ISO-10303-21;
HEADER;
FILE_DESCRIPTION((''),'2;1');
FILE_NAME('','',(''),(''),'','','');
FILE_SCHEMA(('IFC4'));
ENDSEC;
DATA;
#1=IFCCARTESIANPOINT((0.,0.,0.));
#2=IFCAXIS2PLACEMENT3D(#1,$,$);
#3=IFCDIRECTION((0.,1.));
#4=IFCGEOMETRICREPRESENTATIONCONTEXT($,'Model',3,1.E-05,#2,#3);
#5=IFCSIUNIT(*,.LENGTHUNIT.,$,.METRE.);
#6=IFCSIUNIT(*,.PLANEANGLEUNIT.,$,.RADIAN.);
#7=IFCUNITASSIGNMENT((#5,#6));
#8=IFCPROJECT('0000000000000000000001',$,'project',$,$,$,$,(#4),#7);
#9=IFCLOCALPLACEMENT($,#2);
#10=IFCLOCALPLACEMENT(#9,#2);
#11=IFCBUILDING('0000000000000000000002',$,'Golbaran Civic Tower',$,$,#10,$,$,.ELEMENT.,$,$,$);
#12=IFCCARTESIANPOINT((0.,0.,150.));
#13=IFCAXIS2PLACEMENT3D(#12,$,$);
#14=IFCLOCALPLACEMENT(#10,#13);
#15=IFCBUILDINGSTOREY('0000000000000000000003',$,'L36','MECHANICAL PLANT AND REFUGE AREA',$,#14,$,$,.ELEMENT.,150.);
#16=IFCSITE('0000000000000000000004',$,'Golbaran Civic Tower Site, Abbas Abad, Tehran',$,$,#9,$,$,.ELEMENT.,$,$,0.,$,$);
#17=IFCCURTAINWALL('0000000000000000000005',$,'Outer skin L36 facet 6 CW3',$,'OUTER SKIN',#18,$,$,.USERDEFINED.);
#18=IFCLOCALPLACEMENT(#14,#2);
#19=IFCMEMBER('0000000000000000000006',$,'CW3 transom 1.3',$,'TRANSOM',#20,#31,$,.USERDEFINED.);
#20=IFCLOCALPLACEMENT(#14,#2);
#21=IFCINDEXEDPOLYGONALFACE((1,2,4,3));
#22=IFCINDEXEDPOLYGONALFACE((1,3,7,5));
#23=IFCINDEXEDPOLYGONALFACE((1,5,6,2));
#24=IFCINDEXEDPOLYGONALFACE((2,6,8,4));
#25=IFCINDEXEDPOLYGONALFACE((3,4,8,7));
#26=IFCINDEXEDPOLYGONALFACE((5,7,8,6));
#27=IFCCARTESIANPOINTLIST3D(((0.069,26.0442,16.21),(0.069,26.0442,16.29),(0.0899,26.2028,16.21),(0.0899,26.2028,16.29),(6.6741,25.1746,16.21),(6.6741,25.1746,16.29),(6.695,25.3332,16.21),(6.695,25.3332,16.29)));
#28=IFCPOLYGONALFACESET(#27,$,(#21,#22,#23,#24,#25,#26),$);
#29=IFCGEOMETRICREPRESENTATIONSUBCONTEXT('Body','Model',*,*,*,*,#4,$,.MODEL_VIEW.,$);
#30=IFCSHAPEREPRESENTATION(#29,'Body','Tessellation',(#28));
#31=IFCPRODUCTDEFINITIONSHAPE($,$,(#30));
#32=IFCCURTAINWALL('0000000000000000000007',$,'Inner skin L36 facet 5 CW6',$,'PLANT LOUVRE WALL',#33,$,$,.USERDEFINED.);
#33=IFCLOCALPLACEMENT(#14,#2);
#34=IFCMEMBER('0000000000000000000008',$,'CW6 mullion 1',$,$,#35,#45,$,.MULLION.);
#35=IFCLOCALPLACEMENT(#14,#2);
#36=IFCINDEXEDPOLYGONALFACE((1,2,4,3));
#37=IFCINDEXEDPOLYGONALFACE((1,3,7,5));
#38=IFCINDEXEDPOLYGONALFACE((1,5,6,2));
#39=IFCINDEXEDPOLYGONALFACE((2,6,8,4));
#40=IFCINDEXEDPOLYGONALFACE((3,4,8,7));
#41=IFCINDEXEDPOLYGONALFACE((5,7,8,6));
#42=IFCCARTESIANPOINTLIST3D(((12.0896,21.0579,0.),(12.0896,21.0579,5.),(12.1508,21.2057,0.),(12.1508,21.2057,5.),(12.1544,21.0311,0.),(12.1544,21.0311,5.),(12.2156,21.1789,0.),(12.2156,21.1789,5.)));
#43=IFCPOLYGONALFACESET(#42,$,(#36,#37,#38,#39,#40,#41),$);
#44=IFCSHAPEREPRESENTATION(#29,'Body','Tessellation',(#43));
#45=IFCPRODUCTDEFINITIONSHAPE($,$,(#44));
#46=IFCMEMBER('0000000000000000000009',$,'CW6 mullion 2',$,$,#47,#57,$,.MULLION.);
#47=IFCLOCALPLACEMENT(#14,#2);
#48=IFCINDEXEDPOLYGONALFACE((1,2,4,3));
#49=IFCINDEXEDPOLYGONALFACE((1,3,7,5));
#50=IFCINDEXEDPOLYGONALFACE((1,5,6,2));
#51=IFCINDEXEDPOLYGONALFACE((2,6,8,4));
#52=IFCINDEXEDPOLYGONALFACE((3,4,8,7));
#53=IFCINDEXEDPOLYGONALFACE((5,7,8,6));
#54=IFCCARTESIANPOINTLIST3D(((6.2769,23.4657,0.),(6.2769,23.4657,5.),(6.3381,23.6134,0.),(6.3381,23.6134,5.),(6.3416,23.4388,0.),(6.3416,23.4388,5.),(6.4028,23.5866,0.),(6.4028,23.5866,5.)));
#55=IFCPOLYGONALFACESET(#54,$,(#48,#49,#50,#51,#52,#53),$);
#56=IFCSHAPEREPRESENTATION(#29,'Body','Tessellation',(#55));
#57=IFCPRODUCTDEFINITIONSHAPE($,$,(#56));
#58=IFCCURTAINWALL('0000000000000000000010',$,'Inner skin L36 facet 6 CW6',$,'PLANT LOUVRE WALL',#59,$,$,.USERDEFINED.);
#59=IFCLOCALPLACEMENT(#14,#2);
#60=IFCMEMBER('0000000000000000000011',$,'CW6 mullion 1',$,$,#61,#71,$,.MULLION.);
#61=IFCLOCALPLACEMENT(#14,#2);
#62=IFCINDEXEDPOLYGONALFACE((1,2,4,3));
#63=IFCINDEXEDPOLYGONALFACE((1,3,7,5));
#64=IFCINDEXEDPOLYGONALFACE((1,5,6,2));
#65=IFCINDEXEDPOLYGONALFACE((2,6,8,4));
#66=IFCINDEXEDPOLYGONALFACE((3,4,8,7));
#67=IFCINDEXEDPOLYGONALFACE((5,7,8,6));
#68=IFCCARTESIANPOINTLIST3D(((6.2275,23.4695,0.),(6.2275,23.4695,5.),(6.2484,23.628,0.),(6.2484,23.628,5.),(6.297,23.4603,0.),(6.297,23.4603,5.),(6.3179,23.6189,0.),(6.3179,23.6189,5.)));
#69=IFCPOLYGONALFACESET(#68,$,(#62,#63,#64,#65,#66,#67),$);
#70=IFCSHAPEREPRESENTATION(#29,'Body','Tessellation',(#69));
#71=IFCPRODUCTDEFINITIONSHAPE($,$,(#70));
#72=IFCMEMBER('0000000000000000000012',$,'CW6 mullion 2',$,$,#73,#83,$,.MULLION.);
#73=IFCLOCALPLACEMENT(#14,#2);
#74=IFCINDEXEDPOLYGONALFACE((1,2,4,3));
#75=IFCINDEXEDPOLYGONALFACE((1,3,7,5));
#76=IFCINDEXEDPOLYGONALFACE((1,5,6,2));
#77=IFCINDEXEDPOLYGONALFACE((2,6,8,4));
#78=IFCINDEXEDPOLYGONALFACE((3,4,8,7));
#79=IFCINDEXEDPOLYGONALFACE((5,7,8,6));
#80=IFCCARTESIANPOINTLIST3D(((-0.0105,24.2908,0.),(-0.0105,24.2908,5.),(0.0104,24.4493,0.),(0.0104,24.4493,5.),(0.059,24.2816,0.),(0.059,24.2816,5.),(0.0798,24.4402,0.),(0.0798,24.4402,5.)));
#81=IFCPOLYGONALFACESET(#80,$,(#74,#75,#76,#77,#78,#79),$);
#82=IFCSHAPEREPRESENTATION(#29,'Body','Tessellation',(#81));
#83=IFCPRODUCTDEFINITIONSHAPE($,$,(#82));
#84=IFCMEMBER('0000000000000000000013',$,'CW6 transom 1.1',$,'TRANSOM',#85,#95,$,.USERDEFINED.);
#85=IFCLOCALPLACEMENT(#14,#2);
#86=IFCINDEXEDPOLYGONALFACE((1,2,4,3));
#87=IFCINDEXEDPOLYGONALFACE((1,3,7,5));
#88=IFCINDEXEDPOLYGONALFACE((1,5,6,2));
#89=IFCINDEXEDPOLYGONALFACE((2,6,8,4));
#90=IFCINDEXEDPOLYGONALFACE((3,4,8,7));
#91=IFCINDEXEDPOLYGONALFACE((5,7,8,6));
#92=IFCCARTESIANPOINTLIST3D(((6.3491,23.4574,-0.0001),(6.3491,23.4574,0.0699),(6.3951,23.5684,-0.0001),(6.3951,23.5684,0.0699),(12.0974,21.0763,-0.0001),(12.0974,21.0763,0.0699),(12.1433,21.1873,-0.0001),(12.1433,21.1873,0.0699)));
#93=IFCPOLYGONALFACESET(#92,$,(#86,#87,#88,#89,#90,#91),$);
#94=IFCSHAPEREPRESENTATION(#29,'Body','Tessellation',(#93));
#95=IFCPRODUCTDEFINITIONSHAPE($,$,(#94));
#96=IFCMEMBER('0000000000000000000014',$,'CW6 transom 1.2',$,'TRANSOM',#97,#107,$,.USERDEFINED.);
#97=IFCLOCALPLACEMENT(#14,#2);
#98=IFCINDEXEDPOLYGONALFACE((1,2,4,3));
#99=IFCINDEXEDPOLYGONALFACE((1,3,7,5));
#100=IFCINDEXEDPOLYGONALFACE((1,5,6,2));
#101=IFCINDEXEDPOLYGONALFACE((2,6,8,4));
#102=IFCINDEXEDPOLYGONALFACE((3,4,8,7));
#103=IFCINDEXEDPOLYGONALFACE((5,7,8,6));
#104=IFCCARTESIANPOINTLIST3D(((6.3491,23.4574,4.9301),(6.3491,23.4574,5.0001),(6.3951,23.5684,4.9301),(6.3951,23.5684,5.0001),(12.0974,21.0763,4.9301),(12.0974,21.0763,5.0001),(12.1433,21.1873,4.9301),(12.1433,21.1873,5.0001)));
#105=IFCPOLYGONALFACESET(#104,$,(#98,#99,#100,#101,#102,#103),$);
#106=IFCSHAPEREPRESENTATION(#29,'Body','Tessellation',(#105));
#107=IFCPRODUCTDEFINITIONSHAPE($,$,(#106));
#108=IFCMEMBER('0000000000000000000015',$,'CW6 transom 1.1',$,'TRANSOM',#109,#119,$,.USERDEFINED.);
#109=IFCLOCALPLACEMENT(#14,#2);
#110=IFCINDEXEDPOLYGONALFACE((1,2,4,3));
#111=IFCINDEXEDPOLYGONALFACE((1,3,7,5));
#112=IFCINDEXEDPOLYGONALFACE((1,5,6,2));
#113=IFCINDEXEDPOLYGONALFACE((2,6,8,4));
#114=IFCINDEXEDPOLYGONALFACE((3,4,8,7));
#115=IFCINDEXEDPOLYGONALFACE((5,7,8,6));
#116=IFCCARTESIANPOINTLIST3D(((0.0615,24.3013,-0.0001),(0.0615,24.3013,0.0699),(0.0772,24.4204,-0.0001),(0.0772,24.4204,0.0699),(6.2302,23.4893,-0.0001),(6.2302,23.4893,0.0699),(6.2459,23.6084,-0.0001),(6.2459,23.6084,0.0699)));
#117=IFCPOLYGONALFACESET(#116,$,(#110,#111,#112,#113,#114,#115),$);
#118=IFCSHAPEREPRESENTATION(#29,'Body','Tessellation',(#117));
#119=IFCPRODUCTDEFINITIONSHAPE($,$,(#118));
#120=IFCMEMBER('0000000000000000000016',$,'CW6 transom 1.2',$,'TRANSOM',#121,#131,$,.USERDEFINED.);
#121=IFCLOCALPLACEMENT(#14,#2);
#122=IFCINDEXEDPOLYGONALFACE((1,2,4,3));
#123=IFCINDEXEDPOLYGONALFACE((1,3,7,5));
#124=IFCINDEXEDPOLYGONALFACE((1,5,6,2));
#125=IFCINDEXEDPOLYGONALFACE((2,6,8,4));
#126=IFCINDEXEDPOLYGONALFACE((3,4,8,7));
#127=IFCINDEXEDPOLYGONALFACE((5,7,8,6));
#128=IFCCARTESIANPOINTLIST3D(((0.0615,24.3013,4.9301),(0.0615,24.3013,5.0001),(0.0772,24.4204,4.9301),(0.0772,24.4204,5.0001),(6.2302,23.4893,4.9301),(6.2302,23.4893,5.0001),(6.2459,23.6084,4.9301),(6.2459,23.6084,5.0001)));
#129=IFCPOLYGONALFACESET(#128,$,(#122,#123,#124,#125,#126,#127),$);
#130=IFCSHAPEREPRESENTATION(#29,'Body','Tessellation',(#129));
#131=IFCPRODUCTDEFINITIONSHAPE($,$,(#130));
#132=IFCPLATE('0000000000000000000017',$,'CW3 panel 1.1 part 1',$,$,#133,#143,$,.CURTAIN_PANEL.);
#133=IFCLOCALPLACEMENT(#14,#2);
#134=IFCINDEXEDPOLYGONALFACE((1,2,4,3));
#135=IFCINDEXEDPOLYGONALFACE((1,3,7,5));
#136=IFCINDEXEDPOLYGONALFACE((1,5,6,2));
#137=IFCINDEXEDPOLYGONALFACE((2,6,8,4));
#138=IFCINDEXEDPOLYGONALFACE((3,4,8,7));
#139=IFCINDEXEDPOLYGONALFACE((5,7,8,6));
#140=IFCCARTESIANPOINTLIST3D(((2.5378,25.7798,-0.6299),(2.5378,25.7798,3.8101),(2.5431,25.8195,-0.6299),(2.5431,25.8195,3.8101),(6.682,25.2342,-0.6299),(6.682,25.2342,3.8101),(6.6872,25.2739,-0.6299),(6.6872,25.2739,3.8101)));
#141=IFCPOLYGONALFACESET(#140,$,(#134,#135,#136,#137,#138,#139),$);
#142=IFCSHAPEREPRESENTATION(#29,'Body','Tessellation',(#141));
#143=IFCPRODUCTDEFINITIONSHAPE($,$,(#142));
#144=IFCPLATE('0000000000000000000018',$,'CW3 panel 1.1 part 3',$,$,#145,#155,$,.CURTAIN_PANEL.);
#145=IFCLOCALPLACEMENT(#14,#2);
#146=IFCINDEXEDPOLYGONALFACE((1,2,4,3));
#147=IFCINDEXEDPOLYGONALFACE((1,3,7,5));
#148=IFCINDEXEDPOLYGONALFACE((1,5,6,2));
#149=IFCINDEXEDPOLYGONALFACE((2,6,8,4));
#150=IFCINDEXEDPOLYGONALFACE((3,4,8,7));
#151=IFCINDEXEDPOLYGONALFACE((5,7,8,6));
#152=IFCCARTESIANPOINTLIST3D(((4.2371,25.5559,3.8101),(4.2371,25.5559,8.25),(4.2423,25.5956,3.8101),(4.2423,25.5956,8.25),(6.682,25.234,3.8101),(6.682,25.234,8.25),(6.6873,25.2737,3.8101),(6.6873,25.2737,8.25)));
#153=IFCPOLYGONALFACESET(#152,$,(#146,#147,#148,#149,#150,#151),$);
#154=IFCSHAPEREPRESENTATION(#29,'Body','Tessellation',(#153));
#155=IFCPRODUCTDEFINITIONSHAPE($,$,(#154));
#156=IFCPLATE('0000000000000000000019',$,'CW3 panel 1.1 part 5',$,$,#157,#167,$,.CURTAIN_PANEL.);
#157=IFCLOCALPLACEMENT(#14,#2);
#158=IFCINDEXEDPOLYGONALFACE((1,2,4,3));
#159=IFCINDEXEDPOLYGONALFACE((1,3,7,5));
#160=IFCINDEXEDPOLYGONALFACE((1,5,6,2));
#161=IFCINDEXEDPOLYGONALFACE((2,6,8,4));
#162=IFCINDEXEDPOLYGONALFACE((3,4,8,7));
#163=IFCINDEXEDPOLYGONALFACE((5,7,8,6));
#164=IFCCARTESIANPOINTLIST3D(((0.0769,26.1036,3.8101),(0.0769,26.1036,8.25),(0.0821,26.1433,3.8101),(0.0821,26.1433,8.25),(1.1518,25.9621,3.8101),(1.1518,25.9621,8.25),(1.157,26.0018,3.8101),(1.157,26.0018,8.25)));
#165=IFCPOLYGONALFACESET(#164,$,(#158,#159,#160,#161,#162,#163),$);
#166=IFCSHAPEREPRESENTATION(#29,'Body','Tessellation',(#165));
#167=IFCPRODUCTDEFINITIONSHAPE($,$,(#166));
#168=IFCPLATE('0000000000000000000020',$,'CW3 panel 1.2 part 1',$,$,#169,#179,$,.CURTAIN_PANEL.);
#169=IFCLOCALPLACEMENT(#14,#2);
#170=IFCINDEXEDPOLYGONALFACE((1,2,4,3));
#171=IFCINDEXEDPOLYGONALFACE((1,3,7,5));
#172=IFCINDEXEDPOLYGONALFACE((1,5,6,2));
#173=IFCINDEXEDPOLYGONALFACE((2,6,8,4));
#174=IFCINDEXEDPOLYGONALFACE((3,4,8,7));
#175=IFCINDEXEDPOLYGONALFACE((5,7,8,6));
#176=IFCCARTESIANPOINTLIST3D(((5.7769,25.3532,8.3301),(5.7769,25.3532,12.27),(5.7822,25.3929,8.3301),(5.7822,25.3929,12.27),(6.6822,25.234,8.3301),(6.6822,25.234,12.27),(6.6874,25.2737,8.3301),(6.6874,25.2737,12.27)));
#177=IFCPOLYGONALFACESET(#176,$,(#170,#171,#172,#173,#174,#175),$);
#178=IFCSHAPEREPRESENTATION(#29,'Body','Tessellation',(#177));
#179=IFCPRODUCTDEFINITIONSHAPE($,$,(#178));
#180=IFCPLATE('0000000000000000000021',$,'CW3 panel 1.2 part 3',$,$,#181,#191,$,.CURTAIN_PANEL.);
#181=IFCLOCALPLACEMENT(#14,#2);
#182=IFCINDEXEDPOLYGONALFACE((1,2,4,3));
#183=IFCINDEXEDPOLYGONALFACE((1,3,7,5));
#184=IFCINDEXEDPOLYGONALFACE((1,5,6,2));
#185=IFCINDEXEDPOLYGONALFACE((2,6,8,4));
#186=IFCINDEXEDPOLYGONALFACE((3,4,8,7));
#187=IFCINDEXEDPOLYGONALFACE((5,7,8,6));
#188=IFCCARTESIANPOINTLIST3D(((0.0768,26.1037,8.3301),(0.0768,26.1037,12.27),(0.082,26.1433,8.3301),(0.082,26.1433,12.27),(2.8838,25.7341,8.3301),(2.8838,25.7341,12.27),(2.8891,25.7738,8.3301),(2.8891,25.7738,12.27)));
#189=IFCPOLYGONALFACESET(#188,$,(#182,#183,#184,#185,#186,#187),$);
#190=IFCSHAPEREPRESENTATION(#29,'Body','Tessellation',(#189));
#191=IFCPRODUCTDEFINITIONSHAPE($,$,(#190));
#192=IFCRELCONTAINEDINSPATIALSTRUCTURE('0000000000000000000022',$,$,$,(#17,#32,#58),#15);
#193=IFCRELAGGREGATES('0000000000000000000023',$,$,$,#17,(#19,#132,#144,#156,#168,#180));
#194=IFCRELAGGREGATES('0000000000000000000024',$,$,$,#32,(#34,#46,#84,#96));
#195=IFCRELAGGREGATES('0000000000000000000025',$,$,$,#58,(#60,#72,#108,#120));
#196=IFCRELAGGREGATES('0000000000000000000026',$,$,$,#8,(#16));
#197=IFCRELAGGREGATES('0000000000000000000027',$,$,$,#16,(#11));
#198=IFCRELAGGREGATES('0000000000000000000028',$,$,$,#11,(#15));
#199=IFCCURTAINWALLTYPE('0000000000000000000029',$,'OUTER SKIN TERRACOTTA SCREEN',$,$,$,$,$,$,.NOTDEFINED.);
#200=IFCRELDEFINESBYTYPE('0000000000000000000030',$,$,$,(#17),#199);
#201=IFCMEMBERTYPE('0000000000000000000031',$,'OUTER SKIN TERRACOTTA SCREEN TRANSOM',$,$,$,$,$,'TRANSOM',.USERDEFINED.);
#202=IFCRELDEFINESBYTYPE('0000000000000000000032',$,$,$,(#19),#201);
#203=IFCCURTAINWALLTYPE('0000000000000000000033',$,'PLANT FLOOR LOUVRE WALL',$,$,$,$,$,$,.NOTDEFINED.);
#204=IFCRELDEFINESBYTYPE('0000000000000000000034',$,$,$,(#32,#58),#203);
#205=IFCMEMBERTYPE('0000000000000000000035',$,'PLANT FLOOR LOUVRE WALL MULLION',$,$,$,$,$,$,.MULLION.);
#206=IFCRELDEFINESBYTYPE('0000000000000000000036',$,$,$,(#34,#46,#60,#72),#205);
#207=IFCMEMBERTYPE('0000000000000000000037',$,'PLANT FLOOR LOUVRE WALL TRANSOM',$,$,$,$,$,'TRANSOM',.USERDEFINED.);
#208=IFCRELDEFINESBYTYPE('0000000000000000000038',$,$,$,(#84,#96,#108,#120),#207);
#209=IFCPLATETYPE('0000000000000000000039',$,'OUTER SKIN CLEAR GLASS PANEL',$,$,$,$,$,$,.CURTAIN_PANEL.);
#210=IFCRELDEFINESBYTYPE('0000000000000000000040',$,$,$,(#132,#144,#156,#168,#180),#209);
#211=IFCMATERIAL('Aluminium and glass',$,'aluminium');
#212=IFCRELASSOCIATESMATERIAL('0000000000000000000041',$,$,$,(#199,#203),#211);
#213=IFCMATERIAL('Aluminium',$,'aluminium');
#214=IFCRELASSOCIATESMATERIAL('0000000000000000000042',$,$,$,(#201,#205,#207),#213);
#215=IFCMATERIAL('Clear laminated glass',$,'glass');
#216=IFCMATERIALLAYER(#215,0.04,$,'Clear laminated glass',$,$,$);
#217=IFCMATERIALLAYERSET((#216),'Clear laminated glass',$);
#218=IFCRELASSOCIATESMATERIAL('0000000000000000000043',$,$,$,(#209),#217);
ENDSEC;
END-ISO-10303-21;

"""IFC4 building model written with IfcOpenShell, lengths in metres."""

from ifc_helpers import new_model, si_unit, direction, frame, origin, origin_2d, place, context, subcontext, project, spatial, rectangle, extrude, material, layer, layer_set, material_profile, profile_set, type_object, element, aggregate, save


model = new_model("IFC4")

# Units and contexts
model_context = context("Model", 3, precision=1e-05, world=origin(), true_north=direction((0.0, 1.0)))
body_context = subcontext(model_context, "Body", "Model", "MODEL_VIEW")
ifc_project = project(units=[si_unit("LENGTHUNIT", "METRE"), si_unit("PLANEANGLEUNIT", "RADIAN")], contexts=[model_context])

# Site, building, storey
site_placement = place(None, origin())
site = spatial("IfcSite", under=ifc_project, at=site_placement, Name="Golbaran Civic Tower Site, Abbas Abad, Tehran", CompositionType="ELEMENT", RefElevation=0.0)
building_placement = place(site_placement, origin())
building = spatial("IfcBuilding", under=site, at=building_placement, Name="Golbaran Civic Tower", CompositionType="ELEMENT")
storey_placement = place(building_placement, frame((0.0, 0.0, 150.0)))
storey = spatial("IfcBuildingStorey", under=building, at=storey_placement, Name="L36", Description="MECHANICAL PLANT AND REFUGE AREA", CompositionType="ELEMENT", Elevation=150.0)

# Curtain wall
ifc_material_1 = material(Name="Aluminium and glass", Category="aluminium")
curtain_wall_type_1 = type_object("IfcCurtainWallType", Name="OUTER SKIN TERRACOTTA SCREEN", PredefinedType="NOTDEFINED", material=ifc_material_1)
ifc_material_2 = material(Name="Aluminium", Category="aluminium")
curtain_wall_1_placement = place(storey_placement, origin())
curtain_wall_1 = element("IfcCurtainWall", 1, at=curtain_wall_1_placement, inside=storey, type_object=curtain_wall_type_1, Name="Outer skin L36 facet 6 CW3", ObjectType="OUTER SKIN", PredefinedType="USERDEFINED")

# Member
ifc_material_profile_1 = material_profile(ifc_material_2, rectangle(XDim=0.1599, YDim=0.0801, at=origin_2d()), Name="OUTER SKIN TERRACOTTA SCREEN TRANSOM")
ifc_profile_set_1 = profile_set([ifc_material_profile_1], Name="Aluminium")
member_type_1 = type_object("IfcMemberType", Name="OUTER SKIN TERRACOTTA SCREEN TRANSOM", ElementType="TRANSOM", PredefinedType="USERDEFINED", material=ifc_profile_set_1)
member_1_placement = place(storey_placement, frame((6.6846, 25.2539, 16.25), z_axis=(-0.991444, 0.130531, 0.0), x_axis=(-0.130531, -0.991444, 0.0)))
member_1 = element("IfcMember", 2, at=member_1_placement, type_object=member_type_1, Name="CW3 transom 1.3", ObjectType="TRANSOM", PredefinedType="USERDEFINED", context=body_context, shape_type="SweptSolid", body=[
    extrude(rectangle(XDim=0.1599, YDim=0.0801, at=origin_2d()), origin(), (0.0, 0.0, 1.0), 6.6621),
])

# Curtain walls, members
curtain_wall_type_2 = type_object("IfcCurtainWallType", Name="PLANT FLOOR LOUVRE WALL", PredefinedType="NOTDEFINED", material=ifc_material_1)
curtain_wall_2_placement = place(storey_placement, origin())
curtain_wall_2 = element("IfcCurtainWall", 3, at=curtain_wall_2_placement, inside=storey, type_object=curtain_wall_type_2, Name="Inner skin L36 facet 5 CW6", ObjectType="PLANT LOUVRE WALL", PredefinedType="USERDEFINED")
ifc_material_profile_2 = material_profile(ifc_material_2, rectangle(XDim=0.1599, YDim=0.0701, at=origin_2d()), Name="PLANT FLOOR LOUVRE WALL MULLION")
ifc_profile_set_2 = profile_set([ifc_material_profile_2], Name="Aluminium")
member_type_2 = type_object("IfcMemberType", Name="PLANT FLOOR LOUVRE WALL MULLION", PredefinedType="MULLION", material=ifc_profile_set_2)
member_2_placement = place(storey_placement, frame((12.1526, 21.1184, 0.0), z_axis=(0.0, 0.0, 1.0), x_axis=(-0.382683, -0.92388, 0.0)))
member_2 = element("IfcMember", 4, at=member_2_placement, type_object=member_type_2, Name="CW6 mullion 1", PredefinedType="MULLION", context=body_context, shape_type="SweptSolid", body=[
    extrude(rectangle(XDim=0.1599, YDim=0.0701, at=origin_2d()), origin(), (0.0, 0.0, 1.0), 5.0),
])
member_3_placement = place(storey_placement, frame((6.3398, 23.5261, 0.0), z_axis=(0.0, 0.0, 1.0), x_axis=(-0.382683, -0.92388, 0.0)))
member_3 = element("IfcMember", 5, at=member_3_placement, type_object=member_type_2, Name="CW6 mullion 2", PredefinedType="MULLION", context=body_context, shape_type="SweptSolid", body=[
    extrude(rectangle(XDim=0.1599, YDim=0.0701, at=origin_2d()), origin(), (0.0, 0.0, 1.0), 5.0),
])
curtain_wall_3_placement = place(storey_placement, origin())
curtain_wall_3 = element("IfcCurtainWall", 6, at=curtain_wall_3_placement, inside=storey, type_object=curtain_wall_type_2, Name="Inner skin L36 facet 6 CW6", ObjectType="PLANT LOUVRE WALL", PredefinedType="USERDEFINED")
member_4_placement = place(storey_placement, frame((6.2727, 23.5442, 0.0), z_axis=(0.0, 0.0, 1.0), x_axis=(-0.130526, -0.991445, 0.0)))
member_4 = element("IfcMember", 7, at=member_4_placement, type_object=member_type_2, Name="CW6 mullion 1", PredefinedType="MULLION", context=body_context, shape_type="SweptSolid", body=[
    extrude(rectangle(XDim=0.1599, YDim=0.0701, at=origin_2d()), origin(), (0.0, 0.0, 1.0), 5.0),
])
member_5_placement = place(storey_placement, frame((0.0347, 24.3655, 0.0), z_axis=(0.0, 0.0, 1.0), x_axis=(-0.130526, -0.991445, 0.0)))
member_5 = element("IfcMember", 8, at=member_5_placement, type_object=member_type_2, Name="CW6 mullion 2", PredefinedType="MULLION", context=body_context, shape_type="SweptSolid", body=[
    extrude(rectangle(XDim=0.1599, YDim=0.0701, at=origin_2d()), origin(), (0.0, 0.0, 1.0), 5.0),
])

# Members
ifc_material_profile_3 = material_profile(ifc_material_2, rectangle(XDim=0.1201, YDim=0.0701, at=origin_2d()), Name="PLANT FLOOR LOUVRE WALL TRANSOM")
ifc_profile_set_3 = profile_set([ifc_material_profile_3], Name="Aluminium")
member_type_3 = type_object("IfcMemberType", Name="PLANT FLOOR LOUVRE WALL TRANSOM", ElementType="TRANSOM", PredefinedType="USERDEFINED", material=ifc_profile_set_3)
member_6_placement = place(storey_placement, frame((12.1204, 21.1318, 0.0349), z_axis=(-0.923875, 0.382695, 0.0), x_axis=(-0.382695, -0.923875, 0.0)))
member_6 = element("IfcMember", 9, at=member_6_placement, type_object=member_type_3, Name="CW6 transom 1.1", ObjectType="TRANSOM", PredefinedType="USERDEFINED", context=body_context, shape_type="SweptSolid", body=[
    extrude(rectangle(XDim=0.1201, YDim=0.0701, at=origin_2d()), origin(), (0.0, 0.0, 1.0), 6.2219),
])
member_7_placement = place(storey_placement, frame((12.1204, 21.1318, 4.9651), z_axis=(-0.923875, 0.382695, 0.0), x_axis=(-0.382695, -0.923875, 0.0)))
member_7 = element("IfcMember", 10, at=member_7_placement, type_object=member_type_3, Name="CW6 transom 1.2", ObjectType="TRANSOM", PredefinedType="USERDEFINED", context=body_context, shape_type="SweptSolid", body=[
    extrude(rectangle(XDim=0.1201, YDim=0.0701, at=origin_2d()), origin(), (0.0, 0.0, 1.0), 6.2219),
])
member_8_placement = place(storey_placement, frame((6.238, 23.5488, 0.0349), z_axis=(-0.991447, 0.130508, 0.0), x_axis=(-0.130508, -0.991447, 0.0)))
member_8 = element("IfcMember", 11, at=member_8_placement, type_object=member_type_3, Name="CW6 transom 1.1", ObjectType="TRANSOM", PredefinedType="USERDEFINED", context=body_context, shape_type="SweptSolid", body=[
    extrude(rectangle(XDim=0.1201, YDim=0.0701, at=origin_2d()), origin(), (0.0, 0.0, 1.0), 6.2219),
])
member_9_placement = place(storey_placement, frame((6.238, 23.5488, 4.9651), z_axis=(-0.991447, 0.130508, 0.0), x_axis=(-0.130508, -0.991447, 0.0)))
member_9 = element("IfcMember", 12, at=member_9_placement, type_object=member_type_3, Name="CW6 transom 1.2", ObjectType="TRANSOM", PredefinedType="USERDEFINED", context=body_context, shape_type="SweptSolid", body=[
    extrude(rectangle(XDim=0.1201, YDim=0.0701, at=origin_2d()), origin(), (0.0, 0.0, 1.0), 6.2219),
])

# Plates
ifc_material_3 = material(Name="Clear laminated glass", Category="glass")
ifc_layer_1 = layer(ifc_material_3, 0.04, Name="Clear laminated glass")
ifc_layer_set_1 = layer_set([ifc_layer_1], Name="Clear laminated glass")
plate_type_1 = type_object("IfcPlateType", Name="OUTER SKIN CLEAR GLASS PANEL", PredefinedType="CURTAIN_PANEL", material=ifc_layer_set_1)
plate_1_placement = place(storey_placement, frame((4.6125, 25.5269, -0.6299), z_axis=(0.0, 0.0, 1.0), x_axis=(-0.991445, 0.130526, 0.0)))
plate_1 = element("IfcPlate", 13, at=plate_1_placement, type_object=plate_type_1, Name="CW3 panel 1.1 part 1", PredefinedType="CURTAIN_PANEL", context=body_context, shape_type="SweptSolid", body=[
    extrude(rectangle(XDim=4.1799, YDim=0.04, at=origin_2d()), origin(), (0.0, 0.0, 1.0), 4.4399),
])
plate_2_placement = place(storey_placement, frame((5.4622, 25.4148, 3.8101), z_axis=(0.0, 0.0, 1.0), x_axis=(-0.991445, 0.130526, 0.0)))
plate_2 = element("IfcPlate", 14, at=plate_2_placement, type_object=plate_type_1, Name="CW3 panel 1.1 part 3", PredefinedType="CURTAIN_PANEL", context=body_context, shape_type="SweptSolid", body=[
    extrude(rectangle(XDim=2.4661, YDim=0.04, at=origin_2d()), origin(), (0.0, 0.0, 1.0), 4.4399),
])
plate_3_placement = place(storey_placement, frame((0.6169, 26.0527, 3.8101), z_axis=(0.0, 0.0, 1.0), x_axis=(-0.991445, 0.130526, 0.0)))
plate_3 = element("IfcPlate", 15, at=plate_3_placement, type_object=plate_type_1, Name="CW3 panel 1.1 part 5", PredefinedType="CURTAIN_PANEL", context=body_context, shape_type="SweptSolid", body=[
    extrude(rectangle(XDim=1.0842, YDim=0.04, at=origin_2d()), origin(), (0.0, 0.0, 1.0), 4.4399),
])
plate_4_placement = place(storey_placement, frame((6.2322, 25.3135, 8.3301), z_axis=(0.0, 0.0, 1.0), x_axis=(-0.991445, 0.130526, 0.0)))
plate_4 = element("IfcPlate", 16, at=plate_4_placement, type_object=plate_type_1, Name="CW3 panel 1.2 part 1", PredefinedType="CURTAIN_PANEL", context=body_context, shape_type="SweptSolid", body=[
    extrude(rectangle(XDim=0.9131, YDim=0.04, at=origin_2d()), origin(), (0.0, 0.0, 1.0), 3.9399),
])
plate_5_placement = place(storey_placement, frame((1.4829, 25.9387, 8.3301), z_axis=(0.0, 0.0, 1.0), x_axis=(-0.991445, 0.130526, 0.0)))
plate_5 = element("IfcPlate", 17, at=plate_5_placement, type_object=plate_type_1, Name="CW3 panel 1.2 part 3", PredefinedType="CURTAIN_PANEL", context=body_context, shape_type="SweptSolid", body=[
    extrude(rectangle(XDim=2.8313, YDim=0.04, at=origin_2d()), origin(), (0.0, 0.0, 1.0), 3.9399),
])
aggregate(curtain_wall_1, [member_1, plate_1, plate_2, plate_3, plate_4, plate_5])
aggregate(curtain_wall_2, [member_2, member_3, member_6, member_7])
aggregate(curtain_wall_3, [member_4, member_5, member_8, member_9])

save(model, "model.ifc")
